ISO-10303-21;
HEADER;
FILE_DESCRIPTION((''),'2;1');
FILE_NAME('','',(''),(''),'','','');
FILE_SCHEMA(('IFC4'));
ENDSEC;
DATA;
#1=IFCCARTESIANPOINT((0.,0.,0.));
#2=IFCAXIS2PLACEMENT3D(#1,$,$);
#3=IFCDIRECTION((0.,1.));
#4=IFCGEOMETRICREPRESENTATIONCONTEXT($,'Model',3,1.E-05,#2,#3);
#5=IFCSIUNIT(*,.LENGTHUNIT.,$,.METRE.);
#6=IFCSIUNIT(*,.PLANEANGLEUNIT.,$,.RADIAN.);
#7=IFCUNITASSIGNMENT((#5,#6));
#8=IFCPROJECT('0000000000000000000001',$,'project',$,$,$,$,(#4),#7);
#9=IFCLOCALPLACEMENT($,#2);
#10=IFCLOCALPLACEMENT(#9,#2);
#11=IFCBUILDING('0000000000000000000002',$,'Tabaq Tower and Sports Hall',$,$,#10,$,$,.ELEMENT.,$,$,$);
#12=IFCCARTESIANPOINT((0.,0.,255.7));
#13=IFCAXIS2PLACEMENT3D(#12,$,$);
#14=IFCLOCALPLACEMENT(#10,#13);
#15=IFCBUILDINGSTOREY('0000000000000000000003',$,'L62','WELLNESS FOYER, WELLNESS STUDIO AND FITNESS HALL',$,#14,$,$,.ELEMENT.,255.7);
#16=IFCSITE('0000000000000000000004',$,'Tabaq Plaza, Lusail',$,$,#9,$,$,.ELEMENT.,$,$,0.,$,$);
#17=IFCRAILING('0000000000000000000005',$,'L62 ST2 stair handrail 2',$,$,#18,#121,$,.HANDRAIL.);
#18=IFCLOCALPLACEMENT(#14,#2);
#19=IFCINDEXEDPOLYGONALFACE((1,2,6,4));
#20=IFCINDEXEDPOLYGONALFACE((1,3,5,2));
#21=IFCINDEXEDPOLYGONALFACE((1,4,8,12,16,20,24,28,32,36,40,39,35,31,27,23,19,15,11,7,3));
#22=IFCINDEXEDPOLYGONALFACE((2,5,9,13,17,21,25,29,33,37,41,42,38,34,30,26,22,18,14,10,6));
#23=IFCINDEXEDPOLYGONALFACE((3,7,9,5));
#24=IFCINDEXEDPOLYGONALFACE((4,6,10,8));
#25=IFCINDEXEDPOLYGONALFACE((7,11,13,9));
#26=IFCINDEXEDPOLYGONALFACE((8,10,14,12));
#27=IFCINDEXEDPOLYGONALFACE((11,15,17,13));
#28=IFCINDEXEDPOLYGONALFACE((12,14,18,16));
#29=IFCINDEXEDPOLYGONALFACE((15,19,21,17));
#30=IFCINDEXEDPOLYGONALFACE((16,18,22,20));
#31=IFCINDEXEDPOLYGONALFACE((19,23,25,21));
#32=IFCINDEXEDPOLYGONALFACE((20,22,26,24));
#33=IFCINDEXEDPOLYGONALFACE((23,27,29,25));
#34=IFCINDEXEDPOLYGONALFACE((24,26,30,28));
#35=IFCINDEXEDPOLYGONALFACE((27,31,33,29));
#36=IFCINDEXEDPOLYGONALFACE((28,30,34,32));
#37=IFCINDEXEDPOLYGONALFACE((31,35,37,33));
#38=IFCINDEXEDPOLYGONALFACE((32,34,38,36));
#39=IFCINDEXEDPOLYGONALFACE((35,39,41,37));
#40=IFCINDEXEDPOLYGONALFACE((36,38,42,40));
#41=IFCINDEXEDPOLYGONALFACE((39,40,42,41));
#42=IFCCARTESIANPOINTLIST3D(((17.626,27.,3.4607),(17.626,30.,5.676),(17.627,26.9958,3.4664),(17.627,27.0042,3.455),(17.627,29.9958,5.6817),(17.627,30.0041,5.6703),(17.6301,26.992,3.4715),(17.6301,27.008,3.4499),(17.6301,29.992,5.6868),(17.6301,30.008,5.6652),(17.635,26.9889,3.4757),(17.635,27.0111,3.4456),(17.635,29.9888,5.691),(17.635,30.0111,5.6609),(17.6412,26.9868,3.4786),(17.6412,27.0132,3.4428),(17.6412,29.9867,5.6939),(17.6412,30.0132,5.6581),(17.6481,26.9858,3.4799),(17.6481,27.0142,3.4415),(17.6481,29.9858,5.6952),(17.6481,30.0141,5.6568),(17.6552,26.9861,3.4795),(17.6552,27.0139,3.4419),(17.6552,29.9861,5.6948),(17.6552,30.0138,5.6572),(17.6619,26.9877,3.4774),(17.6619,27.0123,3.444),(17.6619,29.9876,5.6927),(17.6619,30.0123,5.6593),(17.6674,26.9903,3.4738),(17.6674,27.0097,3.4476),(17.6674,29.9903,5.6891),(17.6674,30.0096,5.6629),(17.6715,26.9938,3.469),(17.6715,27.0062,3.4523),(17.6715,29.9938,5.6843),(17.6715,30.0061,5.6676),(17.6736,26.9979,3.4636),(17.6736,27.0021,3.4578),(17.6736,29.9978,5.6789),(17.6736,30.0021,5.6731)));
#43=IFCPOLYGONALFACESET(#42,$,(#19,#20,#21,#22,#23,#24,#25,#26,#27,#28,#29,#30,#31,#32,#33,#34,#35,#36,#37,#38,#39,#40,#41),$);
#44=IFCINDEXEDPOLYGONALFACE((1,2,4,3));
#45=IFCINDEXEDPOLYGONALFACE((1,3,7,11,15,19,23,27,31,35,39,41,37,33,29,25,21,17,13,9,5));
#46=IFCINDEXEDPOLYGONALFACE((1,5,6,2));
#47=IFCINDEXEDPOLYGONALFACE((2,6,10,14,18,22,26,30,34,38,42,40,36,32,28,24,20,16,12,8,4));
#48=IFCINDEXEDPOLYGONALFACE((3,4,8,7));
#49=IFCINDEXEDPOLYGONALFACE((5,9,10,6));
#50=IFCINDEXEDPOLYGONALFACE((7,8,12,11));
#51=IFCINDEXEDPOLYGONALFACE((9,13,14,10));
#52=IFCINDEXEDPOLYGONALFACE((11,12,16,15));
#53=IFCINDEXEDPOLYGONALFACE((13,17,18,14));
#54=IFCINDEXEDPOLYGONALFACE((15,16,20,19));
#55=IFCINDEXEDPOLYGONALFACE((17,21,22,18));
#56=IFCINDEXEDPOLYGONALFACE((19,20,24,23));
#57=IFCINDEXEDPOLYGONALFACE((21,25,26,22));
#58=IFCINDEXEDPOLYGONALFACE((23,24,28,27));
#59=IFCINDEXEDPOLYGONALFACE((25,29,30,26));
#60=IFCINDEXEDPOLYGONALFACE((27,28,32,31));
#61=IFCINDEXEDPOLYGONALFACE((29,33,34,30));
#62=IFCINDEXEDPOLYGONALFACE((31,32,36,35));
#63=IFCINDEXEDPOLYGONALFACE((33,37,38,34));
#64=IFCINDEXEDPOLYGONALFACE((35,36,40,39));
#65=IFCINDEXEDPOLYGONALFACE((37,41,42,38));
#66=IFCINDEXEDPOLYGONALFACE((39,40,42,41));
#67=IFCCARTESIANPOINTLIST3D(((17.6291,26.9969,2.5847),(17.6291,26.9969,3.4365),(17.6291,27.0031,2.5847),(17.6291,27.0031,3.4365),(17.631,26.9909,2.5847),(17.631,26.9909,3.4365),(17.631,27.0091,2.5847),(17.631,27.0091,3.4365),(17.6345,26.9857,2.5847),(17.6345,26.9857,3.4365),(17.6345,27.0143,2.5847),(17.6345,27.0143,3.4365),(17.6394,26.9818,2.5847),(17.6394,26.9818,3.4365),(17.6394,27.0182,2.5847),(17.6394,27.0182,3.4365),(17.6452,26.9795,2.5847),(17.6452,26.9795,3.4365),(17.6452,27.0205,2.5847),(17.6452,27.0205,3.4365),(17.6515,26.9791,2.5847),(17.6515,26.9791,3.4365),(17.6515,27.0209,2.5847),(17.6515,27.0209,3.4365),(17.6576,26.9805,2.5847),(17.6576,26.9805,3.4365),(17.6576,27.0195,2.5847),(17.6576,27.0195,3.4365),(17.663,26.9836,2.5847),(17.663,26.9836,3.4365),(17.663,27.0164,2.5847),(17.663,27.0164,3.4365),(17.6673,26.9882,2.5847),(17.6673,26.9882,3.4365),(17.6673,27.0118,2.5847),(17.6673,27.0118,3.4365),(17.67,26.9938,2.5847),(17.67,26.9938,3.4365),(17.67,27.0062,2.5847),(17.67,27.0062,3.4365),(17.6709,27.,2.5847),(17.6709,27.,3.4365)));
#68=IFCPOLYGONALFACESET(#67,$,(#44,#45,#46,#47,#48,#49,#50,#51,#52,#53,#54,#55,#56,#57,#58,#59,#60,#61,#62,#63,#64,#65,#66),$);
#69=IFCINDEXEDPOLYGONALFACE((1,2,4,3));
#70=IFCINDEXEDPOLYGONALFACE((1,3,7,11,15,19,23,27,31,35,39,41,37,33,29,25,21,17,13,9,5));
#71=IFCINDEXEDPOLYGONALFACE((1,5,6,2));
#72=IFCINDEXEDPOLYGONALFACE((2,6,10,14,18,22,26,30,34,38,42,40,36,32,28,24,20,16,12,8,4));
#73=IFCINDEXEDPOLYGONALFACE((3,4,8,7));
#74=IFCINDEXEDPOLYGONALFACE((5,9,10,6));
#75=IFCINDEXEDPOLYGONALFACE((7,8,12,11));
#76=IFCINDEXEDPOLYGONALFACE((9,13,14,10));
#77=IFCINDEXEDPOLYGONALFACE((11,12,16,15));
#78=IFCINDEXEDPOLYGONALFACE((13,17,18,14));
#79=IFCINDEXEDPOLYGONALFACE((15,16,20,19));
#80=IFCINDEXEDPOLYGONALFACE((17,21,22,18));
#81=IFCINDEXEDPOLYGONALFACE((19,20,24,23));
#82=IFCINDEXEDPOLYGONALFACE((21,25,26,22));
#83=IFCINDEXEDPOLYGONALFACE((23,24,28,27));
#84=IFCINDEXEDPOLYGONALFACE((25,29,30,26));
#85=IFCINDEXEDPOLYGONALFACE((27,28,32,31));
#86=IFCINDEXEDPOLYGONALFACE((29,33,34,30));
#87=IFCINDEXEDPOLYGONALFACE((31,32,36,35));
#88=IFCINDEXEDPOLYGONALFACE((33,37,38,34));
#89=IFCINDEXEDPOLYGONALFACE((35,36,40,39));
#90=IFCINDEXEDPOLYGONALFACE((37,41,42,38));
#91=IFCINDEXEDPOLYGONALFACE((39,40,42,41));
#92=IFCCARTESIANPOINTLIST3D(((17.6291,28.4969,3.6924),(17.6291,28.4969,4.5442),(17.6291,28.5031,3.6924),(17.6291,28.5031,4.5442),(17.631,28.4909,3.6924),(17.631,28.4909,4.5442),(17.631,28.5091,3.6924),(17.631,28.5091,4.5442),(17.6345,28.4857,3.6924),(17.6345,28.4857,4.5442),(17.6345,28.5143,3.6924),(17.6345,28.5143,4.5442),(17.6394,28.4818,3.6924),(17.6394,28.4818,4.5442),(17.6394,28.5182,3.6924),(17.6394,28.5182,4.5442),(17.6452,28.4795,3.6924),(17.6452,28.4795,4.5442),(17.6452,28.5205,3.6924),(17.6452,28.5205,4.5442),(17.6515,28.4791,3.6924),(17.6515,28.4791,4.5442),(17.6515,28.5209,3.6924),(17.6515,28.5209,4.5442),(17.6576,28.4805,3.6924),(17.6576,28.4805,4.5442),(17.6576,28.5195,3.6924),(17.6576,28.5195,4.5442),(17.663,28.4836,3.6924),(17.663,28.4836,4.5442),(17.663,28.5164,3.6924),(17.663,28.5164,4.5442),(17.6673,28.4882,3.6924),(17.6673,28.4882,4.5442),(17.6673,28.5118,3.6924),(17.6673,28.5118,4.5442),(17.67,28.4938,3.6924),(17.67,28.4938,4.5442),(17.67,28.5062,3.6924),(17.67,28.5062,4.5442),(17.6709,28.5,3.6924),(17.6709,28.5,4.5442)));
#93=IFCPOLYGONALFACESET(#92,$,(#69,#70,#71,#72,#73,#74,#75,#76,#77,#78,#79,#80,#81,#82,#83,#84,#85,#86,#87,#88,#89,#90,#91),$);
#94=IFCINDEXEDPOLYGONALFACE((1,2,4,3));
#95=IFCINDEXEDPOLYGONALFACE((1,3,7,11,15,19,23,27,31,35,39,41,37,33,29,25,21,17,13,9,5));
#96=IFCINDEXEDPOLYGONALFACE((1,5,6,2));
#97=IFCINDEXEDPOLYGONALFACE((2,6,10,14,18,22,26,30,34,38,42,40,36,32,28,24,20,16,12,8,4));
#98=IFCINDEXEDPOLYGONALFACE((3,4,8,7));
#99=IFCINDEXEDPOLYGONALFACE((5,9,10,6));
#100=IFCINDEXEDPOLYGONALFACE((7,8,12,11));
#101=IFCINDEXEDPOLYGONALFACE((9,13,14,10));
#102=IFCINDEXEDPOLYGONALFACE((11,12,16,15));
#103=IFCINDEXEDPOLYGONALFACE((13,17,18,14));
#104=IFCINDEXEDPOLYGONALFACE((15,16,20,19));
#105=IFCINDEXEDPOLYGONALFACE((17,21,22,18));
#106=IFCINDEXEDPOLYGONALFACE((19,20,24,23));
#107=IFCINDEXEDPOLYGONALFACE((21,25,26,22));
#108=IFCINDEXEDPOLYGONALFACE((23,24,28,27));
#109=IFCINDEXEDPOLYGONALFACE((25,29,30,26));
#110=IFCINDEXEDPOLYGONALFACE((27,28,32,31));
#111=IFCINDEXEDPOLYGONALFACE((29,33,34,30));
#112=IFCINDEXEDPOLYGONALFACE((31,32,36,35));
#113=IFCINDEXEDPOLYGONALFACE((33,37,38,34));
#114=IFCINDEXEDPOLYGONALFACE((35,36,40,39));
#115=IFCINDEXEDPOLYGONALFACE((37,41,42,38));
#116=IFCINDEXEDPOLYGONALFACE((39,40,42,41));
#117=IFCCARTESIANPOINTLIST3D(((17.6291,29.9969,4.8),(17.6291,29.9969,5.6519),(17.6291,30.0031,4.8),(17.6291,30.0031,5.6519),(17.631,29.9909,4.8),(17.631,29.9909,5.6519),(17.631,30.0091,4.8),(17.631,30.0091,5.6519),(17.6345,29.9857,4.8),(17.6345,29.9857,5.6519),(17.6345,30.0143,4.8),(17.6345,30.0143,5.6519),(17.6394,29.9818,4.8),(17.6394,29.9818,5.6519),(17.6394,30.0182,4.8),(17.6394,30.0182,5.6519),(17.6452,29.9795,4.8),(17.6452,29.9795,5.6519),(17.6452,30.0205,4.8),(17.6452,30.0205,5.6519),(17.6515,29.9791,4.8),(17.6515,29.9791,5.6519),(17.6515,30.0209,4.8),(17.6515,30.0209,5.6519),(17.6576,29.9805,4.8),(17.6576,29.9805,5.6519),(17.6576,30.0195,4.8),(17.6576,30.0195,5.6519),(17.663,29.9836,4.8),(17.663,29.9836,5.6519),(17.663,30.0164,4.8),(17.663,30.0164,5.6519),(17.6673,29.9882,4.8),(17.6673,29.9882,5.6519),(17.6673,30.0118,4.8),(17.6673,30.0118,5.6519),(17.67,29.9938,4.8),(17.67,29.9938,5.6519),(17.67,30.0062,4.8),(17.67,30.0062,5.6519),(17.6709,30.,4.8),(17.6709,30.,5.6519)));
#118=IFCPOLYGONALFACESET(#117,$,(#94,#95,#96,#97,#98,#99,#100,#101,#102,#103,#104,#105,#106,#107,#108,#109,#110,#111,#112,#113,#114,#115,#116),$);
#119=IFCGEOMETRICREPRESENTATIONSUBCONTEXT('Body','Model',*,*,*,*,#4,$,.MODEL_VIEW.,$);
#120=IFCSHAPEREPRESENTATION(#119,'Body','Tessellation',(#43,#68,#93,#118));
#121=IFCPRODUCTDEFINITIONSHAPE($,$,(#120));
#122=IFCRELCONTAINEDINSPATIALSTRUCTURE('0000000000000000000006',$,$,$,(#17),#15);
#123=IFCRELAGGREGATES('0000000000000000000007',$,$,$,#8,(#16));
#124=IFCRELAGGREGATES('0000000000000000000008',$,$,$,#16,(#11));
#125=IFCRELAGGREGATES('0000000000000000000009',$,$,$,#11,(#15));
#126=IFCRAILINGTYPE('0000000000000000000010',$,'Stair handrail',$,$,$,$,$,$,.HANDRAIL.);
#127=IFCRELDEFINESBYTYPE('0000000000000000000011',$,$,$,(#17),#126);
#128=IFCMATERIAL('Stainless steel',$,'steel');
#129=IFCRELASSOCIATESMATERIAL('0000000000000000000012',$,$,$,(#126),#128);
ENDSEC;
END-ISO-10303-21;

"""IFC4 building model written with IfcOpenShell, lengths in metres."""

from ifc_helpers import new_model, si_unit, direction, frame, origin, origin_2d, place, context, subcontext, project, spatial, circle, extrude, material, type_object, element, save


model = new_model("IFC4")

# Units and contexts
model_context = context("Model", 3, precision=1e-05, world=origin(), true_north=direction((0.0, 1.0)))
body_context = subcontext(model_context, "Body", "Model", "MODEL_VIEW")
ifc_project = project(units=[si_unit("LENGTHUNIT", "METRE"), si_unit("PLANEANGLEUNIT", "RADIAN")], contexts=[model_context])

# Site, building, storey
site_placement = place(None, origin())
site = spatial("IfcSite", under=ifc_project, at=site_placement, Name="Tabaq Plaza, Lusail", CompositionType="ELEMENT", RefElevation=0.0)
building_placement = place(site_placement, origin())
building = spatial("IfcBuilding", under=site, at=building_placement, Name="Tabaq Tower and Sports Hall", CompositionType="ELEMENT")
storey_placement = place(building_placement, frame((0.0, 0.0, 255.7)))
storey = spatial("IfcBuildingStorey", under=building, at=storey_placement, Name="L62", Description="WELLNESS FOYER, WELLNESS STUDIO AND FITNESS HALL", CompositionType="ELEMENT", Elevation=255.7)

# Railing
ifc_material_1 = material(Name="Stainless steel", Category="steel")
railing_type_1 = type_object("IfcRailingType", Name="Stair handrail", PredefinedType="HANDRAIL", material=ifc_material_1)
railing_1_placement = place(storey_placement, frame((17.6499, 27.0, 2.5847)))
element("IfcRailing", 1, at=railing_1_placement, inside=storey, type_object=railing_type_1, Name="L62 ST2 stair handrail 2", PredefinedType="HANDRAIL", context=body_context, shape_type="SweptSolid", body=[
    extrude(circle(Radius=0.0239, at=origin_2d()), frame((0.0, 0.0, 0.876), z_axis=(0.0, 0.80444, 0.594034), x_axis=(-1.0, 0.0, 0.0)), (0.0, 0.0, 1.0), 3.7292),
    extrude(circle(Radius=0.021, at=origin_2d()), origin(), (0.0, 0.0, 1.0), 0.8518),
    extrude(circle(Radius=0.021, at=origin_2d()), frame((0.0, 1.5, 1.1077)), (0.0, 0.0, 1.0), 0.8518),
    extrude(circle(Radius=0.021, at=origin_2d()), frame((0.0, 3.0, 2.2153)), (0.0, 0.0, 1.0), 0.8518),
])

save(model, "model.ifc")
